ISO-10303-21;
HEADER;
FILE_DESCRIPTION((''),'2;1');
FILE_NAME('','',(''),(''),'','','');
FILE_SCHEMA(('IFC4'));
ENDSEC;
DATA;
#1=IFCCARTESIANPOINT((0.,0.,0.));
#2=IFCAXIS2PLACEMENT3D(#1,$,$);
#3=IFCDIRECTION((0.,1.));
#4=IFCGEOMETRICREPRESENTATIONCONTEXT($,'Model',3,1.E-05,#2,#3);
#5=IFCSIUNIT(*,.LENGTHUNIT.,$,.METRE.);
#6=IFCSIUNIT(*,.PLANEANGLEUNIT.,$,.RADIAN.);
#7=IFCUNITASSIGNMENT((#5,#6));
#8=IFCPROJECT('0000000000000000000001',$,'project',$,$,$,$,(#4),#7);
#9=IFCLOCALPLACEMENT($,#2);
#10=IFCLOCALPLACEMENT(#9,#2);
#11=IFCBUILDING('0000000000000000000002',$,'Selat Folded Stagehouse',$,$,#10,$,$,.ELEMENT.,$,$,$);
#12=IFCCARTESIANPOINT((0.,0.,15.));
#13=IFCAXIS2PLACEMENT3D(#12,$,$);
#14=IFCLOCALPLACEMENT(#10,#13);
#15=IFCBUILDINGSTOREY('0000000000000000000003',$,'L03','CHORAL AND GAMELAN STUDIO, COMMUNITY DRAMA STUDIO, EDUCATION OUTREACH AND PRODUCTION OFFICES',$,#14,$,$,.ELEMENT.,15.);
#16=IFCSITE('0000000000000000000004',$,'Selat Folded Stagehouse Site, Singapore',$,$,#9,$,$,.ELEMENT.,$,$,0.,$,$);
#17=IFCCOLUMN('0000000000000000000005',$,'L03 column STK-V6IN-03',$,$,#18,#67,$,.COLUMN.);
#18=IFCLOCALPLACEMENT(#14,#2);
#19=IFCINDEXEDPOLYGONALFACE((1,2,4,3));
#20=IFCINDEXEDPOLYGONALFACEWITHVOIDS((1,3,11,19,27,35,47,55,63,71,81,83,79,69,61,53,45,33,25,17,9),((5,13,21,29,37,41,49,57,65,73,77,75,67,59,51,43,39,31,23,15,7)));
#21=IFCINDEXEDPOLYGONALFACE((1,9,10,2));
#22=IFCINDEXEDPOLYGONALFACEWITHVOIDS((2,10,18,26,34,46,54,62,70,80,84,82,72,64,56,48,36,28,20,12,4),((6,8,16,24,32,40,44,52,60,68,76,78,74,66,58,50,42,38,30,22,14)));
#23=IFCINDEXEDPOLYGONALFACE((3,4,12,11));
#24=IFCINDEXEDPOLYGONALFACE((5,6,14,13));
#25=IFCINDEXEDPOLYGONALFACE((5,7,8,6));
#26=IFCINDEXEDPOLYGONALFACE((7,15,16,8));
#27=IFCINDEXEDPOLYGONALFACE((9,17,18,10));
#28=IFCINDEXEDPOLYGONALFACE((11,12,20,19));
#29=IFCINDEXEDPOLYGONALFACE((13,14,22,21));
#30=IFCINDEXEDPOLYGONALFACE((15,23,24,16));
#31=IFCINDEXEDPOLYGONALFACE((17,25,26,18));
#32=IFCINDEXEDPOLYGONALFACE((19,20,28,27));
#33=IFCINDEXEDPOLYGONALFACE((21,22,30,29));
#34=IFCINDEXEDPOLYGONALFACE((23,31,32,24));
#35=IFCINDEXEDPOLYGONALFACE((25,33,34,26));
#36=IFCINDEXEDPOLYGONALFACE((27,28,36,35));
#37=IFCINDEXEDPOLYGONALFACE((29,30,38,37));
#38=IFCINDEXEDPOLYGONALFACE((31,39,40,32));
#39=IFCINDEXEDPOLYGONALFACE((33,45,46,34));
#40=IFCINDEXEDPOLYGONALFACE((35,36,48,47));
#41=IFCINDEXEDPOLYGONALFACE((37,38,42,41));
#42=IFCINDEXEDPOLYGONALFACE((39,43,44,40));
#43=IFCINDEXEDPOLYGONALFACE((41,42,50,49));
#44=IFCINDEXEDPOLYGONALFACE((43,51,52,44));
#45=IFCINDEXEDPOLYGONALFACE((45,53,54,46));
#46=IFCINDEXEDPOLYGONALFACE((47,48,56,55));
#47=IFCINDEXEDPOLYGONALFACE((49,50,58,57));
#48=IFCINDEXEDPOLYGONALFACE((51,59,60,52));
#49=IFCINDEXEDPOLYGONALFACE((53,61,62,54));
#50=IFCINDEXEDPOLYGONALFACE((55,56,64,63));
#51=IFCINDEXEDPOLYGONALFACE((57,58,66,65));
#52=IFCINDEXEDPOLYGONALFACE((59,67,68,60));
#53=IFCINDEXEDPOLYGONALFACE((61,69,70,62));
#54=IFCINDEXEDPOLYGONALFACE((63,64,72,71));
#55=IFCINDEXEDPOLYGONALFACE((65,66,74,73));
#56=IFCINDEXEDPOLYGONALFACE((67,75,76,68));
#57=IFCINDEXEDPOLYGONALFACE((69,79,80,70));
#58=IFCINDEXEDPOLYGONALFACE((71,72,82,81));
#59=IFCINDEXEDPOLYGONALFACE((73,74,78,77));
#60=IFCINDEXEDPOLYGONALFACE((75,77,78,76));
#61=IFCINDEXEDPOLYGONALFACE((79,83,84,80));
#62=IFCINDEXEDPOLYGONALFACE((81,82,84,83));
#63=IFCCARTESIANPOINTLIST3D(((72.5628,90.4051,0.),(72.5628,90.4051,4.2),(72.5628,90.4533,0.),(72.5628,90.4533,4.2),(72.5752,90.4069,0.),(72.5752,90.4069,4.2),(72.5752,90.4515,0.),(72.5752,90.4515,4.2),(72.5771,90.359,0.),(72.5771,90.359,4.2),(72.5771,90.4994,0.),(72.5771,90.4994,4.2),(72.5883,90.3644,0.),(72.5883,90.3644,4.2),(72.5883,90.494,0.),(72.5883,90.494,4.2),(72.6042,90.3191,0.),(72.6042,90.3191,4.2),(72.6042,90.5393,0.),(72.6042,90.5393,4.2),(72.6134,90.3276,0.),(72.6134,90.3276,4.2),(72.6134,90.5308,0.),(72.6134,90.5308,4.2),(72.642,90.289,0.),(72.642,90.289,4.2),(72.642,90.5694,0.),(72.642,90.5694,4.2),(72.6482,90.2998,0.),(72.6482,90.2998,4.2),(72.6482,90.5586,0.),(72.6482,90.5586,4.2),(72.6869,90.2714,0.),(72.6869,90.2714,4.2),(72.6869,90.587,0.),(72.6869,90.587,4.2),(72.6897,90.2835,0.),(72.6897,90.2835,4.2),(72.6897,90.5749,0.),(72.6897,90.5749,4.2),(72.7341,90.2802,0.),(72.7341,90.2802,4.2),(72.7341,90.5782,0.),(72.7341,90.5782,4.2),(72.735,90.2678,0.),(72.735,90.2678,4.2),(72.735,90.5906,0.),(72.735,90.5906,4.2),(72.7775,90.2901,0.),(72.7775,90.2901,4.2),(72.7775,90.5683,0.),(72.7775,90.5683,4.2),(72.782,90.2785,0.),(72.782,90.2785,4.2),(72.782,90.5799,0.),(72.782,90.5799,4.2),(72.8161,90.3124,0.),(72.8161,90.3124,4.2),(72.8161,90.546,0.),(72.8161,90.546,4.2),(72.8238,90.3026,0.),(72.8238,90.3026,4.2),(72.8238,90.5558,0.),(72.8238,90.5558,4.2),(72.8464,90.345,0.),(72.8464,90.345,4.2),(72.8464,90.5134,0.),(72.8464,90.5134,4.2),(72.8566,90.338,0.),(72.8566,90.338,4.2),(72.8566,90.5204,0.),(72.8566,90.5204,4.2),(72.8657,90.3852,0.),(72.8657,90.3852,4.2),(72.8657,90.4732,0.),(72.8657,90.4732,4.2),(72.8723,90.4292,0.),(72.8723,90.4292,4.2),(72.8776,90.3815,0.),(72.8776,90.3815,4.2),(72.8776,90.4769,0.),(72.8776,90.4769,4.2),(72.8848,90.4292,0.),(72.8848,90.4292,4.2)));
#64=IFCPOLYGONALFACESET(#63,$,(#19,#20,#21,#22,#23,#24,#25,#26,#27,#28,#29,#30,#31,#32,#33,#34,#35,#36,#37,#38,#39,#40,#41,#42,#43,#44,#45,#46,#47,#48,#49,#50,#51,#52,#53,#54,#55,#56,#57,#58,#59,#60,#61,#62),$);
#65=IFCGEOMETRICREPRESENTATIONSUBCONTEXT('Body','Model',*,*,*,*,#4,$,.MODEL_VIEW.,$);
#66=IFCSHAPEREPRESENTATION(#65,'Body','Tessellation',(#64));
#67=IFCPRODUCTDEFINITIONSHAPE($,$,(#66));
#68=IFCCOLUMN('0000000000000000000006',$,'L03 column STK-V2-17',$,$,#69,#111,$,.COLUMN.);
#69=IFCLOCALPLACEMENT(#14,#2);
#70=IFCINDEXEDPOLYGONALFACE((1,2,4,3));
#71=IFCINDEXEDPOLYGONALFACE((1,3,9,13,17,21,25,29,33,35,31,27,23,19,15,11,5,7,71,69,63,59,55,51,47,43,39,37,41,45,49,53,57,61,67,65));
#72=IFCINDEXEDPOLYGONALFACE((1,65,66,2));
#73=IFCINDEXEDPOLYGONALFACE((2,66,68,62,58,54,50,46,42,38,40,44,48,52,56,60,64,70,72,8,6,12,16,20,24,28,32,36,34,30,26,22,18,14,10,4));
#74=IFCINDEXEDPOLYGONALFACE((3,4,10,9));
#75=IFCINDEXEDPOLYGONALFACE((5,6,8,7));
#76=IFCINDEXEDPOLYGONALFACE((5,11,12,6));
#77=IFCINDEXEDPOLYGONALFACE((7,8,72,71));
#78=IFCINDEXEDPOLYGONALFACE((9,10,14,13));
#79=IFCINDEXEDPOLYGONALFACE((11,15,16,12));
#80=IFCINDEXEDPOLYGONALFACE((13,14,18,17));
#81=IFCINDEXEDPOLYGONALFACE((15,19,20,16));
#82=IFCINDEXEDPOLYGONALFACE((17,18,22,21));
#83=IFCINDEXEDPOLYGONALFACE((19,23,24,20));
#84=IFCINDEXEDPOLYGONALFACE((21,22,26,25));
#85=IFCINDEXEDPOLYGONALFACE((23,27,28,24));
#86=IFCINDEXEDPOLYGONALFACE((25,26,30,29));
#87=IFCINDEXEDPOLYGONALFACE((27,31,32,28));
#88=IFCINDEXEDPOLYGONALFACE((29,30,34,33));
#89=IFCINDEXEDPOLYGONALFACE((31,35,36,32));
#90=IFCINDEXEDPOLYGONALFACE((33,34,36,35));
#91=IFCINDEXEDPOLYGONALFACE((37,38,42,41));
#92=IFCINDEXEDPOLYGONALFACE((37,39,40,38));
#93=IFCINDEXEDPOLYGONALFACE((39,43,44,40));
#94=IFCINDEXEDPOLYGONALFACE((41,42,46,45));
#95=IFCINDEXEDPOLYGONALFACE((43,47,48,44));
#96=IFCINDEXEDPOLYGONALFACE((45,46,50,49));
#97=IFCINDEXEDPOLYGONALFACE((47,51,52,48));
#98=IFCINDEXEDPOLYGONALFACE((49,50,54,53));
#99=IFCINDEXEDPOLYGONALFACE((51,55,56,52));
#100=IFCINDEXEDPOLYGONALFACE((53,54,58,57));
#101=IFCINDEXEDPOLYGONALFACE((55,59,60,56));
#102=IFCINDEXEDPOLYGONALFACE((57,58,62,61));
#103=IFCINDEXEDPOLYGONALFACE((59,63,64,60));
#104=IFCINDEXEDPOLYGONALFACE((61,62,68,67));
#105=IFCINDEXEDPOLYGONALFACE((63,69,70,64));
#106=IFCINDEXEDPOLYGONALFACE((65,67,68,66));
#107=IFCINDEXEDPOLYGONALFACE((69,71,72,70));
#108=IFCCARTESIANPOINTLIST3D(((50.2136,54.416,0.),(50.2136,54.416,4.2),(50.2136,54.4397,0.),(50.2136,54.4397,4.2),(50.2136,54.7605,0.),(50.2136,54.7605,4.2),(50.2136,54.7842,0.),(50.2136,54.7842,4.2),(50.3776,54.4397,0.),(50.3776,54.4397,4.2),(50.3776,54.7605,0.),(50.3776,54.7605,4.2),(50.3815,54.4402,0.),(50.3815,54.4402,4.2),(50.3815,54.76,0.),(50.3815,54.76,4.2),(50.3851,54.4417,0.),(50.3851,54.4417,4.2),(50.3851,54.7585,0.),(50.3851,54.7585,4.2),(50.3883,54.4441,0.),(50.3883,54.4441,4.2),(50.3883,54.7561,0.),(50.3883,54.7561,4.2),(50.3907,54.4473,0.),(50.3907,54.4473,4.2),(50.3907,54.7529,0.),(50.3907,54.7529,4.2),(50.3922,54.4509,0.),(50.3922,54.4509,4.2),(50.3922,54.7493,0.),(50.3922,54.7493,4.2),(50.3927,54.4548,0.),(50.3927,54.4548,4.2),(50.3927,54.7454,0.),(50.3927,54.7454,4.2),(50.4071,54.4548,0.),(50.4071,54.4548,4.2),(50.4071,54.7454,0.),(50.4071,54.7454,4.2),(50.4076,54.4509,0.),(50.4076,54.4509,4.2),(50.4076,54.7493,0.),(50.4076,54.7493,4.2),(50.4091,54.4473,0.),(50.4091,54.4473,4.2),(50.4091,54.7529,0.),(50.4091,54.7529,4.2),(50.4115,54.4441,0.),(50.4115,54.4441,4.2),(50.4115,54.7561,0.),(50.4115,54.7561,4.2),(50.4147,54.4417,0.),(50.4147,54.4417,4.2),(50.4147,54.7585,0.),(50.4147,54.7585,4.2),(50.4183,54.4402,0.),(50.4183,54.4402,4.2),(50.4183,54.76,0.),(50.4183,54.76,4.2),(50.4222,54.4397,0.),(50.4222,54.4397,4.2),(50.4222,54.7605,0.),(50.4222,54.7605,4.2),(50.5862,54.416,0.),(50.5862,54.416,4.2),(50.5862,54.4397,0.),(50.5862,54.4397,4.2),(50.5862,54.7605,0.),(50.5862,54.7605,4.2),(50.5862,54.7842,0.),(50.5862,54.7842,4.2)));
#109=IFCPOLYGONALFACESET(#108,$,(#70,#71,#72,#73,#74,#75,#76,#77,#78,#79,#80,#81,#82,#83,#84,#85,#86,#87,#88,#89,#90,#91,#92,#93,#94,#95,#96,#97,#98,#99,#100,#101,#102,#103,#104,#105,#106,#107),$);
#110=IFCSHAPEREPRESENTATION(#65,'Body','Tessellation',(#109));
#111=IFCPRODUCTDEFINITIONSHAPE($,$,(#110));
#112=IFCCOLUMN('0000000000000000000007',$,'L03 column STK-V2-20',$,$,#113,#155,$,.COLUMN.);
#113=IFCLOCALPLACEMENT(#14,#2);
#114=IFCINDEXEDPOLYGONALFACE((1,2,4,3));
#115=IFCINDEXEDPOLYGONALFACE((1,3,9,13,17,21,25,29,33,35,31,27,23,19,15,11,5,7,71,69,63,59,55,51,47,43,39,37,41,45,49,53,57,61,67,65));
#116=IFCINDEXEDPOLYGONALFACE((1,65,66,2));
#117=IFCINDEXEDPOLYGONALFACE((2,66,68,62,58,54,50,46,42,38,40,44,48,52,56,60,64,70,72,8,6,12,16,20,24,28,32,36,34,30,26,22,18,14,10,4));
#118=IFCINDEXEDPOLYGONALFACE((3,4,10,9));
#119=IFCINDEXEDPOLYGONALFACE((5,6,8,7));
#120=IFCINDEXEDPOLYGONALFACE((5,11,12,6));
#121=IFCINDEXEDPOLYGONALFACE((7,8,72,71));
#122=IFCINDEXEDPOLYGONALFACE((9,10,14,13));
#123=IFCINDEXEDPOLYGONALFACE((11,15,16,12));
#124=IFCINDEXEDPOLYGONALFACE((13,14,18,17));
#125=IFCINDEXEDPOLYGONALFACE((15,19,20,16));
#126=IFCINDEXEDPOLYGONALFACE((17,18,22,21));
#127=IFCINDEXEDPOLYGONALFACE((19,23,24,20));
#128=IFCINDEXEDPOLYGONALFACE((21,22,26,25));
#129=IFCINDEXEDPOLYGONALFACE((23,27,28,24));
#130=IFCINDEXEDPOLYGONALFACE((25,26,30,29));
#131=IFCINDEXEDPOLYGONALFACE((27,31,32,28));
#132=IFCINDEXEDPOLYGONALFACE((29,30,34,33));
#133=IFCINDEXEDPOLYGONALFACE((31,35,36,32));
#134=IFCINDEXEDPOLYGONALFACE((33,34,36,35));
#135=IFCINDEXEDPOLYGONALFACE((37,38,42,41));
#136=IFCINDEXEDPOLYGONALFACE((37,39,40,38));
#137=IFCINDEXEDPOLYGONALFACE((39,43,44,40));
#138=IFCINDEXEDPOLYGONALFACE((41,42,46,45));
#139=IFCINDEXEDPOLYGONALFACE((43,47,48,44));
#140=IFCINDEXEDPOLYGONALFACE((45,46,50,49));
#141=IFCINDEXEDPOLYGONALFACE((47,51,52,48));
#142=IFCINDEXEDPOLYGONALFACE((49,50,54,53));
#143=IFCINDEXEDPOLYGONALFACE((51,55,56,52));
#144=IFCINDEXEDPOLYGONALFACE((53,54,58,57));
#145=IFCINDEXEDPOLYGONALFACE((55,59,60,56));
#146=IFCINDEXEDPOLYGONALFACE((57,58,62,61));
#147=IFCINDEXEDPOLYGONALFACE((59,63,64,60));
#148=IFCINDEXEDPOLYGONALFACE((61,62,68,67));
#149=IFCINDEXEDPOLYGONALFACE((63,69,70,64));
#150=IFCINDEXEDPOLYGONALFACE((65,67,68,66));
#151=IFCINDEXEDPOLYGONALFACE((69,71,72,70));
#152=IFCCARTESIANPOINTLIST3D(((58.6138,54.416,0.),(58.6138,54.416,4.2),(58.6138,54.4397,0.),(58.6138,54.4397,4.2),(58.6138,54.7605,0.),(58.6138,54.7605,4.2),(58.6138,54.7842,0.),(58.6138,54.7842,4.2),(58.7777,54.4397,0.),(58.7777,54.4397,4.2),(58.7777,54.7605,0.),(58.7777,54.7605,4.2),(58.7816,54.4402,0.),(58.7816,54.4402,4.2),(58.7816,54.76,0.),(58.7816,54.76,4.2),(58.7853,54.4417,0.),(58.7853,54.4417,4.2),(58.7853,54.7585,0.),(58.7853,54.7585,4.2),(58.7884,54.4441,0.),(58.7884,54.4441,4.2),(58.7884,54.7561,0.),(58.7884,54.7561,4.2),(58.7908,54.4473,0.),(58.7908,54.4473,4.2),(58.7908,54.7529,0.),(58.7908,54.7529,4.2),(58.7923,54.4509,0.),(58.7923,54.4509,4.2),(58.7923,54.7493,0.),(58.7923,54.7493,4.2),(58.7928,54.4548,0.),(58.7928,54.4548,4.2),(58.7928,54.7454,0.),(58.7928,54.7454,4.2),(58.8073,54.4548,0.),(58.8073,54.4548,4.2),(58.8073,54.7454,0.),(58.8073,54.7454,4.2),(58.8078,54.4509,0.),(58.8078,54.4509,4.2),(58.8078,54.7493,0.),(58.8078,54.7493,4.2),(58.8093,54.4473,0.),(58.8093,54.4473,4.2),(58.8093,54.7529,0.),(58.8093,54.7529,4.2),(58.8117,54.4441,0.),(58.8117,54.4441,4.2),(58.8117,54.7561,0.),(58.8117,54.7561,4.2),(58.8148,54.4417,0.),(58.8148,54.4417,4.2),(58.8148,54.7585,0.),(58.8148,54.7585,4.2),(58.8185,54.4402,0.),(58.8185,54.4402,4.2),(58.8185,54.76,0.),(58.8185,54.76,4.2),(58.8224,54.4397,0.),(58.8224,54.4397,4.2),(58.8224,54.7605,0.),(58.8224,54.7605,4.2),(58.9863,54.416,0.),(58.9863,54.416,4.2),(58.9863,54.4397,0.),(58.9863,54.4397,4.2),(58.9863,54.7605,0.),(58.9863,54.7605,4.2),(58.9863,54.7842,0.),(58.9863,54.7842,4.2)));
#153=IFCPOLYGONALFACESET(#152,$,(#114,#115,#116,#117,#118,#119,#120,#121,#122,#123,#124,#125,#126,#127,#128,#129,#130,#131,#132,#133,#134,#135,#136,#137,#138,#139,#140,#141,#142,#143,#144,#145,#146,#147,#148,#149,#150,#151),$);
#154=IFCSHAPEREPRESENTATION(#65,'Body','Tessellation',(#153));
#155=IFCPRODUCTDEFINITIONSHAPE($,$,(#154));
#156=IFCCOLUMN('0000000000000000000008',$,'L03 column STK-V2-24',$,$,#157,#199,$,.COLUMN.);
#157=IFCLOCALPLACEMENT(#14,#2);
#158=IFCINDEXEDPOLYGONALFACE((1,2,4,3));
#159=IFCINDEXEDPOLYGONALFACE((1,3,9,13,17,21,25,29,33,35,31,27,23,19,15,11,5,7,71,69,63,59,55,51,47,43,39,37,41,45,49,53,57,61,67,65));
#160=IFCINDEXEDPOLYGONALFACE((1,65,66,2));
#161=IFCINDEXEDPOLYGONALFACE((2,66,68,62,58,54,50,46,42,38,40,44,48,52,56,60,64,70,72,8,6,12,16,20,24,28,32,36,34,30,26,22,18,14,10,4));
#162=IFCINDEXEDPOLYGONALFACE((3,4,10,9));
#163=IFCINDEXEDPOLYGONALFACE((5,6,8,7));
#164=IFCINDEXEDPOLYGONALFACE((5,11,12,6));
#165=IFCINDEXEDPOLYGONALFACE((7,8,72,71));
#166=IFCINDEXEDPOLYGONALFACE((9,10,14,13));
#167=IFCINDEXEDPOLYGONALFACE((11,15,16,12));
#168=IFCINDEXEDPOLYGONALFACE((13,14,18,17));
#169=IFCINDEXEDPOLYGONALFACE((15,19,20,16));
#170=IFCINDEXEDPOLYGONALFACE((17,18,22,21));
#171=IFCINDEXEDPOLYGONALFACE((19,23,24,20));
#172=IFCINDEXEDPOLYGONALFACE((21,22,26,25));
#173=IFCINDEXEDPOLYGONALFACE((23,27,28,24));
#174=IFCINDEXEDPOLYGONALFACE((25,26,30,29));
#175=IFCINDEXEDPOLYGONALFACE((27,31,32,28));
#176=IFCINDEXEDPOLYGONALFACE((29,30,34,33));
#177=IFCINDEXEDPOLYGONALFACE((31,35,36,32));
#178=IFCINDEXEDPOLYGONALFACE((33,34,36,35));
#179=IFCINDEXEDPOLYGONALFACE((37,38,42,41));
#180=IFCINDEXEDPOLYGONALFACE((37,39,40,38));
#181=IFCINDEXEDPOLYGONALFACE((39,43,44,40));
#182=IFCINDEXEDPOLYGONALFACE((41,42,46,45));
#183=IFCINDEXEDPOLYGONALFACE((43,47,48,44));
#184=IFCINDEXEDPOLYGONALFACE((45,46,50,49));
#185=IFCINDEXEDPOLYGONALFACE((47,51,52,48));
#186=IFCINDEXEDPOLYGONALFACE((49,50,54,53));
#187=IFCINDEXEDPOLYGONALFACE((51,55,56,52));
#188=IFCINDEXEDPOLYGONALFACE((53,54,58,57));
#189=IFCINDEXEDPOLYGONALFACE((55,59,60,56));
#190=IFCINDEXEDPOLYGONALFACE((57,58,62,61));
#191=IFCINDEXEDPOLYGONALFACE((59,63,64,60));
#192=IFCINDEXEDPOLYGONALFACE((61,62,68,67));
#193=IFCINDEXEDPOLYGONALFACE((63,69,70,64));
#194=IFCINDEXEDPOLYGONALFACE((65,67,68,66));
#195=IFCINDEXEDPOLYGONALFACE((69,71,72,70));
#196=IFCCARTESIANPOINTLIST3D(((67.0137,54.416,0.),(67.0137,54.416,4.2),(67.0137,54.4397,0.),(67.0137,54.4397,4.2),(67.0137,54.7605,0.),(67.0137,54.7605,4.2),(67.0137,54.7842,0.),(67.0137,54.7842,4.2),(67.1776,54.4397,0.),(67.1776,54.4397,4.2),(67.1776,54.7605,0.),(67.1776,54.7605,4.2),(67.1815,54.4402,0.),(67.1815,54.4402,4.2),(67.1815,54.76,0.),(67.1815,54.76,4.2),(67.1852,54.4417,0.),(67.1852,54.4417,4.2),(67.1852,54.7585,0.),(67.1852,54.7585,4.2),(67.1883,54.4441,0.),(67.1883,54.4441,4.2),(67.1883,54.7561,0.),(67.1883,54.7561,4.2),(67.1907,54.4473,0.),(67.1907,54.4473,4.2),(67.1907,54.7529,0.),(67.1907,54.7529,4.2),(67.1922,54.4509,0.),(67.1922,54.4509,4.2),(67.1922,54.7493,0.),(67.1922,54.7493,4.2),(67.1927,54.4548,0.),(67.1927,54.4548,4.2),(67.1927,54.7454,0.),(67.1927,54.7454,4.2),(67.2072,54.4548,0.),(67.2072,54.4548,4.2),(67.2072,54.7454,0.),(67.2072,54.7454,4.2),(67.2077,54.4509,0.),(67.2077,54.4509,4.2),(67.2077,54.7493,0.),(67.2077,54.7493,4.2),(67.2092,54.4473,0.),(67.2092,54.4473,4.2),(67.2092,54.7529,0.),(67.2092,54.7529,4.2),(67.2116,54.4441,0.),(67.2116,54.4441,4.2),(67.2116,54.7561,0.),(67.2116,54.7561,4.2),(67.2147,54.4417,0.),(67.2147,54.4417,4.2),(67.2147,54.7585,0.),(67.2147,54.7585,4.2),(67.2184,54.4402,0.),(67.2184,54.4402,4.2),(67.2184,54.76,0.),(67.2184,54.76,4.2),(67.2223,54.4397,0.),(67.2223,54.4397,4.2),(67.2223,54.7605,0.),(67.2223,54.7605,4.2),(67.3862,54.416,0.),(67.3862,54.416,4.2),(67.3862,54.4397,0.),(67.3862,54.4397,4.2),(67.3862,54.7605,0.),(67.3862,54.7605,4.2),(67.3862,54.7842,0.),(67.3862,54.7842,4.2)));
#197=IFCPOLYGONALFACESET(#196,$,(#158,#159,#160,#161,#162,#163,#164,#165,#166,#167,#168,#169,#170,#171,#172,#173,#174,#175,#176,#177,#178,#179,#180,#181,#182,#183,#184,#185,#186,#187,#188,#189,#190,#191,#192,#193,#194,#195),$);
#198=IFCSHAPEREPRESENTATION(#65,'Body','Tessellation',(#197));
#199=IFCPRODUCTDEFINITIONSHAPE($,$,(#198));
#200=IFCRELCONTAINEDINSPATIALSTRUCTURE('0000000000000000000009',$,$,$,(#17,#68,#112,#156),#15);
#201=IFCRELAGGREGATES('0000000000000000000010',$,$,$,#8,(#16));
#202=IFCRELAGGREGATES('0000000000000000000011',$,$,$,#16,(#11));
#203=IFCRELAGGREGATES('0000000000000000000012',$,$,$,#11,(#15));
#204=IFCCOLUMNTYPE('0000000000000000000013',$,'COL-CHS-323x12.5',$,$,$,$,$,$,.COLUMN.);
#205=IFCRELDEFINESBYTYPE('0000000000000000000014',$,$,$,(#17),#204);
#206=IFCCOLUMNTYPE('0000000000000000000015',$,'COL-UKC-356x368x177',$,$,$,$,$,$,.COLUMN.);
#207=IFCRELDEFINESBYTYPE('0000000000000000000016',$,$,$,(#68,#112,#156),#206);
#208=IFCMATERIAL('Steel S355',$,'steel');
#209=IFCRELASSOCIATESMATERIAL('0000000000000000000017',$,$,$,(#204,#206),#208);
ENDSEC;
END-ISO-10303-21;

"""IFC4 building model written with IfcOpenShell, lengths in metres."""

from ifc_helpers import new_model, si_unit, direction, frame, origin, origin_2d, place, context, subcontext, project, spatial, hollow_circle, i_section, extrude, material, material_profile, profile_set, type_object, element, save


model = new_model("IFC4")

# Units and contexts
model_context = context("Model", 3, precision=1e-05, world=origin(), true_north=direction((0.0, 1.0)))
body_context = subcontext(model_context, "Body", "Model", "MODEL_VIEW")
ifc_project = project(units=[si_unit("LENGTHUNIT", "METRE"), si_unit("PLANEANGLEUNIT", "RADIAN")], contexts=[model_context])

# Site, building, storey
site_placement = place(None, origin())
site = spatial("IfcSite", under=ifc_project, at=site_placement, Name="Selat Folded Stagehouse Site, Singapore", CompositionType="ELEMENT", RefElevation=0.0)
building_placement = place(site_placement, origin())
building = spatial("IfcBuilding", under=site, at=building_placement, Name="Selat Folded Stagehouse", CompositionType="ELEMENT")
storey_placement = place(building_placement, frame((0.0, 0.0, 15.0)))
storey = spatial("IfcBuildingStorey", under=building, at=storey_placement, Name="L03", Description="CHORAL AND GAMELAN STUDIO, COMMUNITY DRAMA STUDIO, EDUCATION OUTREACH AND PRODUCTION OFFICES", CompositionType="ELEMENT", Elevation=15.0)

# Columns
ifc_material_1 = material(Name="Steel S355", Category="steel")
ifc_material_profile_1 = material_profile(ifc_material_1, hollow_circle(Radius=0.1619, WallThickness=0.0125, at=origin_2d()), Name="CHS 323.9x12.5")
ifc_profile_set_1 = profile_set([ifc_material_profile_1], Name="Steel S355")
column_type_1 = type_object("IfcColumnType", Name="COL-CHS-323x12.5", PredefinedType="COLUMN", material=ifc_profile_set_1)
column_placement = place(storey_placement, frame((72.7229, 90.4292, 0.0), z_axis=(0.0, 0.0, 1.0), x_axis=(1.0, 0.0, 0.0)))
element("IfcColumn", 1, at=column_placement, inside=storey, type_object=column_type_1, Name="L03 column STK-V6IN-03", PredefinedType="COLUMN", context=body_context, shape_type="SweptSolid", body=[
    extrude(hollow_circle(Radius=0.1619, WallThickness=0.0125, at=origin_2d()), origin(), (0.0, 0.0, 1.0), 4.2),
])
ifc_material_profile_2 = material_profile(ifc_material_1, i_section(OverallWidth=0.3726, OverallDepth=0.3682, WebThickness=0.0144, FlangeThickness=0.0237, FilletRadius=0.0151, at=origin_2d()), Name="UKC 356x368x177")
ifc_profile_set_2 = profile_set([ifc_material_profile_2], Name="Steel S355")
column_type_2 = type_object("IfcColumnType", Name="COL-UKC-356x368x177", PredefinedType="COLUMN", material=ifc_profile_set_2)
for number, where, z_axis, x_axis, name in (
    (2, (50.3999, 54.6001, 0.0), (0.0, 0.0, 1.0), (1.0, 0.0, 0.0), "L03 column STK-V2-17"),
    (3, (58.8, 54.6001, 0.0), (0.0, 0.0, 1.0), (1.0, 0.0, 0.0), "L03 column STK-V2-20"),
    (4, (67.2, 54.6001, 0.0), (0.0, 0.0, 1.0), (1.0, 0.0, 0.0), "L03 column STK-V2-24"),
):
    element("IfcColumn", number, at=place(storey_placement, frame(where, z_axis=z_axis, x_axis=x_axis)), inside=storey, type_object=column_type_2, Name=name, PredefinedType="COLUMN", context=body_context, shape_type="SweptSolid", body=[
        extrude(i_section(OverallWidth=0.3726, OverallDepth=0.3682, WebThickness=0.0144, FlangeThickness=0.0237, FilletRadius=0.0151, at=origin_2d()), origin(), (0.0, 0.0, 1.0), 4.2),
    ])

save(model, "model.ifc")
